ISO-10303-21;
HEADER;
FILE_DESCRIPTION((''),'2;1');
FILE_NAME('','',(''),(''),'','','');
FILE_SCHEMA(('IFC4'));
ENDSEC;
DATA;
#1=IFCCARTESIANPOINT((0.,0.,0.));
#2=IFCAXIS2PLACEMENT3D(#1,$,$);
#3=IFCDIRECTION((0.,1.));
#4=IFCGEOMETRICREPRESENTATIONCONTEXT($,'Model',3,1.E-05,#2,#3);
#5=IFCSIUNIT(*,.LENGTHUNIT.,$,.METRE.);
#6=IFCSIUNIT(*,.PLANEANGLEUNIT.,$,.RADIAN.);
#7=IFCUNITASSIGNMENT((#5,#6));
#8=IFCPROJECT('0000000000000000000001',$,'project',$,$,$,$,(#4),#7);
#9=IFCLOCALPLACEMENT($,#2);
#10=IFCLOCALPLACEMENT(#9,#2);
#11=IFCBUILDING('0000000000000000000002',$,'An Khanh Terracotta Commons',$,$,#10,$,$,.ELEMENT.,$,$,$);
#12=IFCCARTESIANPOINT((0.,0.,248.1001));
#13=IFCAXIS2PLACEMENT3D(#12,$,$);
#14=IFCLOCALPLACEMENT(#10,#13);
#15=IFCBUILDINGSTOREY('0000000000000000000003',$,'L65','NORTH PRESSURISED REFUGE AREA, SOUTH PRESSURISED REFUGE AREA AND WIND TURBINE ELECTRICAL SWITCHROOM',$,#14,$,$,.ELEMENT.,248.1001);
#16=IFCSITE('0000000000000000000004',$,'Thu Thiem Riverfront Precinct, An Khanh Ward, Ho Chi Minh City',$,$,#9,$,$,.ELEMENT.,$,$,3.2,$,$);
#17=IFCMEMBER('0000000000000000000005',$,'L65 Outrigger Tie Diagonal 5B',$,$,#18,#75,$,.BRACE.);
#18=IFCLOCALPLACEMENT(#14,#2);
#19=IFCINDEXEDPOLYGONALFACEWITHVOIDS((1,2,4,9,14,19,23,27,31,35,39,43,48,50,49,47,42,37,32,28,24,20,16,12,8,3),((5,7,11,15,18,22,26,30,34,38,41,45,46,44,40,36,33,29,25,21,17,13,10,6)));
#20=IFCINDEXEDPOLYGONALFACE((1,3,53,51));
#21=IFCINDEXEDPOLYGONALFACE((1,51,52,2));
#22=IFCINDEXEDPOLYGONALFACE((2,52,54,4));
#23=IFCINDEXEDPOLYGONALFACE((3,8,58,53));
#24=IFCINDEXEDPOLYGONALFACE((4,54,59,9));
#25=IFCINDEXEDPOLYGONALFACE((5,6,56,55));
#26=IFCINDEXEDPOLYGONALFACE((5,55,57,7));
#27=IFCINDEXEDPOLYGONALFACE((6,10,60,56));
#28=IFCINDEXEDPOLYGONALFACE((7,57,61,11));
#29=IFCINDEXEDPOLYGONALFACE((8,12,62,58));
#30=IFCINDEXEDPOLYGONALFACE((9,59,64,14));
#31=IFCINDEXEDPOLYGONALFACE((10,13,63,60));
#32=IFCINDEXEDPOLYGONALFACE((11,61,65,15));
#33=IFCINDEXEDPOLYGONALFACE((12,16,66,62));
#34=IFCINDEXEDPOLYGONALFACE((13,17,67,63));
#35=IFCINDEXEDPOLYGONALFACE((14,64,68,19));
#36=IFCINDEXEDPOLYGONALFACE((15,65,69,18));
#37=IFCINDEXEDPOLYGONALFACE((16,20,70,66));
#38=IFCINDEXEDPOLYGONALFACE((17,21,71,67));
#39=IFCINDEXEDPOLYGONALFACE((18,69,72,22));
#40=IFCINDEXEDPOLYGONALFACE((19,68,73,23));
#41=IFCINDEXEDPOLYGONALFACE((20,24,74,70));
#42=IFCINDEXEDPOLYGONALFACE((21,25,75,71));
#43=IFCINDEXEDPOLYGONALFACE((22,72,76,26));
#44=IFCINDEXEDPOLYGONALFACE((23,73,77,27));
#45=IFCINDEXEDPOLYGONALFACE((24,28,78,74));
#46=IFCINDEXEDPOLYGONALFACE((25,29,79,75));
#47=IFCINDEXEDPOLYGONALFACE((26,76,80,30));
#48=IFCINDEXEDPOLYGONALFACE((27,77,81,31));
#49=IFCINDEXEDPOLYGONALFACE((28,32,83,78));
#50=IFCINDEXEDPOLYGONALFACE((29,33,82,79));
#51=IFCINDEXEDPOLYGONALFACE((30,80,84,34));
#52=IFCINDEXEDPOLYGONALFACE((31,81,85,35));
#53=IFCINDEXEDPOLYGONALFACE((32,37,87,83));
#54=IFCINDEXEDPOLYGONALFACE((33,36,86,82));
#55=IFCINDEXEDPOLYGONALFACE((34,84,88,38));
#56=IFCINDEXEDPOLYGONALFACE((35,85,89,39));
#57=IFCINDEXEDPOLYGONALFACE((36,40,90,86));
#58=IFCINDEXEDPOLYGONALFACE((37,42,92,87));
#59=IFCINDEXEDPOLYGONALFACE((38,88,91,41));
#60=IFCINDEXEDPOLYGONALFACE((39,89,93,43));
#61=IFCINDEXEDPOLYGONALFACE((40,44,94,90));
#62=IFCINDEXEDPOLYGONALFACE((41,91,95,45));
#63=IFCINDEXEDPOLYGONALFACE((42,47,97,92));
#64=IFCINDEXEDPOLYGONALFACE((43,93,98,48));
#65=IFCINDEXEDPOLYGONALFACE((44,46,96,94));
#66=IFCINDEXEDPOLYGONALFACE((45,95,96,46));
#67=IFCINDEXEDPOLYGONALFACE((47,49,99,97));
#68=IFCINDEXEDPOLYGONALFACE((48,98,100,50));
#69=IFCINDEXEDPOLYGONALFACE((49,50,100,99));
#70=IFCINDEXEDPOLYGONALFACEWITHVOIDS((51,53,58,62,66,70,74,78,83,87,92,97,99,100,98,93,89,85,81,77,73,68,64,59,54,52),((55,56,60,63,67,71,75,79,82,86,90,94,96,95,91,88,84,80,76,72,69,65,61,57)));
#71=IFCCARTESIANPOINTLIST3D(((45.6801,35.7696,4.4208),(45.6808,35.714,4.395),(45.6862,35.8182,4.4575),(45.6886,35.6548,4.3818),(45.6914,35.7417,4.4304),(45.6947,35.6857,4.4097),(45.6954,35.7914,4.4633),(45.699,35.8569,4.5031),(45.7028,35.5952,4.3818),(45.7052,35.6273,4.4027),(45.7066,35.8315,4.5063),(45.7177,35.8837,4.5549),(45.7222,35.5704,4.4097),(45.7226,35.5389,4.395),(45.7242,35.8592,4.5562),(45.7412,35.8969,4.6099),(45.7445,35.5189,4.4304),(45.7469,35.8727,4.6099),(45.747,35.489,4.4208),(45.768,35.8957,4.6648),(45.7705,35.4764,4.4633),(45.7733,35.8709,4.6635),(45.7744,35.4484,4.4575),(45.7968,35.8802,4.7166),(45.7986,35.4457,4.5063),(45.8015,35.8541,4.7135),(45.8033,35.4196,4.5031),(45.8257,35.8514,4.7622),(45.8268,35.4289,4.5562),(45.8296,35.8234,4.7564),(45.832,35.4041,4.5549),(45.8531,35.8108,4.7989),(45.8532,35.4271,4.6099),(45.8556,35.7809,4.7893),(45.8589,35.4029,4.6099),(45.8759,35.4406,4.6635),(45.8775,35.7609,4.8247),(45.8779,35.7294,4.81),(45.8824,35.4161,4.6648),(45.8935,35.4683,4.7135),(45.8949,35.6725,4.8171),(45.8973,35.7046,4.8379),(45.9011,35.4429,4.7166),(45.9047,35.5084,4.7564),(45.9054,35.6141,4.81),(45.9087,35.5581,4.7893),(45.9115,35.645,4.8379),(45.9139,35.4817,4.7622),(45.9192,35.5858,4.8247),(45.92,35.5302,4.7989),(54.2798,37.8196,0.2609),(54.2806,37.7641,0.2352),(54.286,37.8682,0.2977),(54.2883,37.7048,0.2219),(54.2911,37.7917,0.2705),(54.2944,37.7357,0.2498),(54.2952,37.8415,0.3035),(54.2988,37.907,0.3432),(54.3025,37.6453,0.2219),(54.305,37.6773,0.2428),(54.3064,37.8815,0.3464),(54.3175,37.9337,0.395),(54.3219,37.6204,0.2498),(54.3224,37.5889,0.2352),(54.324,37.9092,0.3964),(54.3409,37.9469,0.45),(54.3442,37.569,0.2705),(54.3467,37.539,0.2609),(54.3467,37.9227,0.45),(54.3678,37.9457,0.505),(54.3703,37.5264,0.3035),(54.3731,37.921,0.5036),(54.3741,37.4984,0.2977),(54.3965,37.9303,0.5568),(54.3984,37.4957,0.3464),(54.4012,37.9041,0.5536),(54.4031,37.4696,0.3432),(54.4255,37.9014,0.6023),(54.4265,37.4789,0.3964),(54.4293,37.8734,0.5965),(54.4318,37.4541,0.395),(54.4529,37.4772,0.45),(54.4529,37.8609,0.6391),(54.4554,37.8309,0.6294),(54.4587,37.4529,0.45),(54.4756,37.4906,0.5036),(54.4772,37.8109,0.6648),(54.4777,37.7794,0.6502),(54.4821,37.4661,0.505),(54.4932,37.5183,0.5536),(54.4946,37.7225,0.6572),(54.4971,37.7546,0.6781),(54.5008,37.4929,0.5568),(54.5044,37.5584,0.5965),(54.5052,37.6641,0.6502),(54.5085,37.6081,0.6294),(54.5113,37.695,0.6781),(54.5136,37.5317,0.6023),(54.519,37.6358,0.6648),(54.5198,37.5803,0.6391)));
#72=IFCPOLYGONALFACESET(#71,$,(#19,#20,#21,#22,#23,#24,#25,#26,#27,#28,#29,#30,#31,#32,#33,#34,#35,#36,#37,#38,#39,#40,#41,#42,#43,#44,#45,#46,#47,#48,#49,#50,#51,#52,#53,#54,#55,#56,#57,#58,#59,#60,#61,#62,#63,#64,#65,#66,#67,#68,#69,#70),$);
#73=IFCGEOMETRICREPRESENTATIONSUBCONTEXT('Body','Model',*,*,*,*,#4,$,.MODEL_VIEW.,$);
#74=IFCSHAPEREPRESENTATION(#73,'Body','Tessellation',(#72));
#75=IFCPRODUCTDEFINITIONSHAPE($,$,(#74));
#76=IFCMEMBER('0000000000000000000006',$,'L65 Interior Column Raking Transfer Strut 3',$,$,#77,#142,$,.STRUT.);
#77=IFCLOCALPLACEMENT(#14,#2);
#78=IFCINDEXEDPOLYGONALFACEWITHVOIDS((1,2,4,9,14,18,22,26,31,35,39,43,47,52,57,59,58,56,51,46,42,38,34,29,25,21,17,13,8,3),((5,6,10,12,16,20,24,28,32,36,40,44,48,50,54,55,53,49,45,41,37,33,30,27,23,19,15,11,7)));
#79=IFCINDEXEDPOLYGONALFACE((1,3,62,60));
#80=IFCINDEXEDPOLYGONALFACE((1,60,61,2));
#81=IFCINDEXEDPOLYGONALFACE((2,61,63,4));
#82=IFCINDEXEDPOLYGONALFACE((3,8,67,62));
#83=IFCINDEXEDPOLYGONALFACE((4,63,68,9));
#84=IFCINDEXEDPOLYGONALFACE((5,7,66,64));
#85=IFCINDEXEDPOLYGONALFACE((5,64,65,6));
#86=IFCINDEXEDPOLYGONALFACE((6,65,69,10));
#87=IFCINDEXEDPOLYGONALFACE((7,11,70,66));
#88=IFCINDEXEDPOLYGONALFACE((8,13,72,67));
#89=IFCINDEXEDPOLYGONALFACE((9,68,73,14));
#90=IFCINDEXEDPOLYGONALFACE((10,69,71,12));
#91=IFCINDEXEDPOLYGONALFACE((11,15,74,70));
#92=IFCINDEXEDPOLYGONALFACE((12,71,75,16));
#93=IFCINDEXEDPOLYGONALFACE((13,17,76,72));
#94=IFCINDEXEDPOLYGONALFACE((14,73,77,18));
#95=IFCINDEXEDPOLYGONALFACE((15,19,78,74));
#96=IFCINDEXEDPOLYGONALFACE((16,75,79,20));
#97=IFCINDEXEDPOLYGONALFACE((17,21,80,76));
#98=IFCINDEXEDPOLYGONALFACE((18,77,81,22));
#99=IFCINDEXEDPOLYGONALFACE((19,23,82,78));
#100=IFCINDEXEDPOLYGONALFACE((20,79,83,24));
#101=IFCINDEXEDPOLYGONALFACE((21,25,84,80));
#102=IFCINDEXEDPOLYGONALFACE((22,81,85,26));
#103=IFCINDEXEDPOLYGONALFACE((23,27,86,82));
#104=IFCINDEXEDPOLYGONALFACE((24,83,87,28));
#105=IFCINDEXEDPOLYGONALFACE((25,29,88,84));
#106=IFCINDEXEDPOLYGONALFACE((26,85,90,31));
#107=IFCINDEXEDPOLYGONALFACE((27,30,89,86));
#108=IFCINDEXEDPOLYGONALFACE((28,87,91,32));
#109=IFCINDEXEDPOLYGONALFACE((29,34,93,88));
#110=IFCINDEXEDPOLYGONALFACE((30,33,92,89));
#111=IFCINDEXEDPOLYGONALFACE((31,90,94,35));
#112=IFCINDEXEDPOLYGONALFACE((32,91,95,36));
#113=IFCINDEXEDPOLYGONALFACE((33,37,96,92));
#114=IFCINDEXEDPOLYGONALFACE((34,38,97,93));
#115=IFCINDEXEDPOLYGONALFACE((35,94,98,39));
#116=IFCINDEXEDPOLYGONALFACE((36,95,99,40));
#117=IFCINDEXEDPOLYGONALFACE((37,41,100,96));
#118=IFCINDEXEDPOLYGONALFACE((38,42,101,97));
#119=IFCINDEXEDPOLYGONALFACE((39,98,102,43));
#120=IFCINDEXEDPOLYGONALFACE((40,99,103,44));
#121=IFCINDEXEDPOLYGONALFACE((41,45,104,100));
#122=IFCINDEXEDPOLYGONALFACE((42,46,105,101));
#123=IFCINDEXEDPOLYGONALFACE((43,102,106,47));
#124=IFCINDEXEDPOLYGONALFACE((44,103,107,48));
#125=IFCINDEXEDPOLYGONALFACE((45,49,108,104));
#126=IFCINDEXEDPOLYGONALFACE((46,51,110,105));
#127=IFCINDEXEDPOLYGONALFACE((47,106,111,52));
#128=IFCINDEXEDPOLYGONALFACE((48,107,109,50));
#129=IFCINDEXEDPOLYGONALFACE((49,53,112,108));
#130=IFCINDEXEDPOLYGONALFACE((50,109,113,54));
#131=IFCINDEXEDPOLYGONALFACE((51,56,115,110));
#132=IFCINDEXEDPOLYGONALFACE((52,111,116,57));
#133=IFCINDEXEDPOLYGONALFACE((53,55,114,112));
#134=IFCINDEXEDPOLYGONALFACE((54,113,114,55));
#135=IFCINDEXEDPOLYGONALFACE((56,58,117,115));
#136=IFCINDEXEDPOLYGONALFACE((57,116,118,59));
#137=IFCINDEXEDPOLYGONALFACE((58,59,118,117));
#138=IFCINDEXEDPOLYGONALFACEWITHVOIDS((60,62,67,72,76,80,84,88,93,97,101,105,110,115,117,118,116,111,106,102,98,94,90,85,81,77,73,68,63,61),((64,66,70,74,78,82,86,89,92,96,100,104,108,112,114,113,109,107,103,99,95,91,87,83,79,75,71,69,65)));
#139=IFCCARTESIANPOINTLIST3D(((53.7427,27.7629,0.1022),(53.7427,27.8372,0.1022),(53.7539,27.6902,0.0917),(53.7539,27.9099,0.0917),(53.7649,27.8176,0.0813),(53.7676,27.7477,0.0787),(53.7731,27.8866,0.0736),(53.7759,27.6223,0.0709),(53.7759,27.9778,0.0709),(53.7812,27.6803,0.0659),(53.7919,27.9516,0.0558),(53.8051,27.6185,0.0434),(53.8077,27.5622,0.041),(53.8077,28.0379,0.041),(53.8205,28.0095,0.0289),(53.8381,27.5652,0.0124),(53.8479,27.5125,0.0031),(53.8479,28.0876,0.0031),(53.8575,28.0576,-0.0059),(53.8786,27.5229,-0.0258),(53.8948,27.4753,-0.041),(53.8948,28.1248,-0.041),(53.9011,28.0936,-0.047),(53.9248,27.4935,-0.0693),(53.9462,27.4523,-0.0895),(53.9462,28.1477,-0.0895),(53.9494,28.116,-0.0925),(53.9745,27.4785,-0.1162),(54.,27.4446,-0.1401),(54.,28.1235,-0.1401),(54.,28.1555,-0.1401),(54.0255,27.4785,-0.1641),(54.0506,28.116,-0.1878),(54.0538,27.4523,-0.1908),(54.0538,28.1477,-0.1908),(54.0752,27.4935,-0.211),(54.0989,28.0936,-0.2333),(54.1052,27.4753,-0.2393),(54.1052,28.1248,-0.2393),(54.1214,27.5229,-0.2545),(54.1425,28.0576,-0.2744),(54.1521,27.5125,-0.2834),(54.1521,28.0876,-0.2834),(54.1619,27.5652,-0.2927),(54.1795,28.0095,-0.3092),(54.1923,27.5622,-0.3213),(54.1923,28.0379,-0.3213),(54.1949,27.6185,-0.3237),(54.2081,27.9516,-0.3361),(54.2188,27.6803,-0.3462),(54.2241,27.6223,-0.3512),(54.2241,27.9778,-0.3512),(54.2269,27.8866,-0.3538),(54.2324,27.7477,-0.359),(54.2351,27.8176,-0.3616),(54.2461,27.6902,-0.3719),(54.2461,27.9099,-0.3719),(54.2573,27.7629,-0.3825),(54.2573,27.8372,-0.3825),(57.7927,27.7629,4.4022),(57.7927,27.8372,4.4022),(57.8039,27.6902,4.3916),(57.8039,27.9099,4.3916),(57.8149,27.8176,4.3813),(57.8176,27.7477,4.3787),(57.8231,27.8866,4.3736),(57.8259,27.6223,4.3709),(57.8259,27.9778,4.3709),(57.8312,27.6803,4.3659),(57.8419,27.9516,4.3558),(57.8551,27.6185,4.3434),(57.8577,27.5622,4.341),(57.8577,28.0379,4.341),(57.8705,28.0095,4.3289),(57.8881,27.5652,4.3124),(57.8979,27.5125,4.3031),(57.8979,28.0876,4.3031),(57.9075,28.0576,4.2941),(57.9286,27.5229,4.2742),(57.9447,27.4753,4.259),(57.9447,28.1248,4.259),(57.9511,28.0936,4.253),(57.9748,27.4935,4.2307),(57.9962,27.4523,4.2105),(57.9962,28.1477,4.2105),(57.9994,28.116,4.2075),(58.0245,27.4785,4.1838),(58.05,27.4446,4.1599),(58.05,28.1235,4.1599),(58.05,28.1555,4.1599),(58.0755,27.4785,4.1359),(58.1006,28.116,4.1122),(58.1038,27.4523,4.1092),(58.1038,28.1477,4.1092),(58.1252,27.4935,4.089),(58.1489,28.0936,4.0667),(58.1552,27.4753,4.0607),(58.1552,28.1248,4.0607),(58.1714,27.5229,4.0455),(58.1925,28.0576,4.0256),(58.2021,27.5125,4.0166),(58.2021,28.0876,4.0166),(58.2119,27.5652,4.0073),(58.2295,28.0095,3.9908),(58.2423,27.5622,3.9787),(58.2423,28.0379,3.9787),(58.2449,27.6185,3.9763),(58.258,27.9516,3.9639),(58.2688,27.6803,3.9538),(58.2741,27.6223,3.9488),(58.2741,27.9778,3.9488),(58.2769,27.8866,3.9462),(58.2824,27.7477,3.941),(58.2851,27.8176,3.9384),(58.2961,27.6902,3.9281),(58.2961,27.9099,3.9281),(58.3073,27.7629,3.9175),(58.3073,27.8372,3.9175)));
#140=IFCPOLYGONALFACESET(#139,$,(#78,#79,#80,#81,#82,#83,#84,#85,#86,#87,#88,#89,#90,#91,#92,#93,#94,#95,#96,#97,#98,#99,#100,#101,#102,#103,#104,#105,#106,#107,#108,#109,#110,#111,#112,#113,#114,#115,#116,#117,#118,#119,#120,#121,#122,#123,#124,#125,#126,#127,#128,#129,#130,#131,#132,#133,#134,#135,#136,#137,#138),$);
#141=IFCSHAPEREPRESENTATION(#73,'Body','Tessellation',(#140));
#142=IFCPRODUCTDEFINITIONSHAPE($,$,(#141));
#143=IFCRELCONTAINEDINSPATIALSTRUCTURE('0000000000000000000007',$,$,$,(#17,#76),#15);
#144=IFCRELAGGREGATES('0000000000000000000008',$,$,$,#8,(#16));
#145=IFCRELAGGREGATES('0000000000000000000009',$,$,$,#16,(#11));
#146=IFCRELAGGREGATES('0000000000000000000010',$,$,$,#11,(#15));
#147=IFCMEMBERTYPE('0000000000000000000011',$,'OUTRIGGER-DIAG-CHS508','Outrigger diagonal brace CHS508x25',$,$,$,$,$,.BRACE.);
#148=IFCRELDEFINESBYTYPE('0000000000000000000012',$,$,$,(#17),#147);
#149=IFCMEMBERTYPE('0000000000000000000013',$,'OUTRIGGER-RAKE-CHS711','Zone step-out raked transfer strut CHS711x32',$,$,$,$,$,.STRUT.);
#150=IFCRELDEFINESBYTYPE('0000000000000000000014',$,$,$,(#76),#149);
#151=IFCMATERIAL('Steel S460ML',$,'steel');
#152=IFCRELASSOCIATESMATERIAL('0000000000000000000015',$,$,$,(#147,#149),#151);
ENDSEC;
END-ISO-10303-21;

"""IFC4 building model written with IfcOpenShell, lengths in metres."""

from ifc_helpers import new_model, si_unit, direction, frame, origin, origin_2d, place, context, subcontext, project, spatial, hollow_circle, extrude, material, material_profile, profile_set, type_object, element, save


model = new_model("IFC4")

# Units and contexts
model_context = context("Model", 3, precision=1e-05, world=origin(), true_north=direction((0.0, 1.0)))
body_context = subcontext(model_context, "Body", "Model", "MODEL_VIEW")
ifc_project = project(units=[si_unit("LENGTHUNIT", "METRE"), si_unit("PLANEANGLEUNIT", "RADIAN")], contexts=[model_context])

# Site, building, storey
site_placement = place(None, origin())
site = spatial("IfcSite", under=ifc_project, at=site_placement, Name="Thu Thiem Riverfront Precinct, An Khanh Ward, Ho Chi Minh City", CompositionType="ELEMENT", RefElevation=3.2)
building_placement = place(site_placement, origin())
building = spatial("IfcBuilding", under=site, at=building_placement, Name="An Khanh Terracotta Commons", CompositionType="ELEMENT")
storey_placement = place(building_placement, frame((0.0, 0.0, 248.1001)))
storey = spatial("IfcBuildingStorey", under=building, at=storey_placement, Name="L65", Description="NORTH PRESSURISED REFUGE AREA, SOUTH PRESSURISED REFUGE AREA AND WIND TURBINE ELECTRICAL SWITCHROOM", CompositionType="ELEMENT", Elevation=248.1001)

# Shared definitions
ifc_material_1 = material(Name="Steel S460ML", Category="steel")

# Members
ifc_material_profile_1 = material_profile(ifc_material_1, hollow_circle(Radius=0.2539, WallThickness=0.0249, at=origin_2d()), Name="CHS508x25")
ifc_profile_set_1 = profile_set([ifc_material_profile_1], Name="Steel S460ML")
member_type_1 = type_object("IfcMemberType", Name="OUTRIGGER-DIAG-CHS508", Description="Outrigger diagonal brace CHS508x25", PredefinedType="BRACE", material=ifc_profile_set_1)
member_1_placement = place(storey_placement, frame((45.8, 35.6499, 4.6099), z_axis=(0.880175, 0.209818, -0.425757), x_axis=(-0.231884, 0.972743, 0.0)))
element("IfcMember", 1, at=member_1_placement, inside=storey, type_object=member_type_1, Name="L65 Outrigger Tie Diagonal 5B", PredefinedType="BRACE", context=body_context, shape_type="SweptSolid", body=[
    extrude(hollow_circle(Radius=0.2539, WallThickness=0.0249, at=origin_2d()), origin(), (0.0, 0.0, 1.0), 9.7705),
])
ifc_material_profile_2 = material_profile(ifc_material_1, hollow_circle(Radius=0.3555, WallThickness=0.032, at=origin_2d()), Name="CHS711x32")
ifc_profile_set_2 = profile_set([ifc_material_profile_2], Name="Steel S460ML")
member_type_2 = type_object("IfcMemberType", Name="OUTRIGGER-RAKE-CHS711", Description="Zone step-out raked transfer strut CHS711x32", PredefinedType="STRUT", material=ifc_profile_set_2)
for number, where, z_axis, x_axis, name in (
    (2, (54.0, 27.8, -0.1401), (0.685629, 0.0, 0.727951), (0.0, 1.0, 0.0), "L65 Interior Column Raking Transfer Strut 3"),
):
    element("IfcMember", number, at=place(storey_placement, frame(where, z_axis=z_axis, x_axis=x_axis)), inside=storey, type_object=member_type_2, Name=name, PredefinedType="STRUT", context=body_context, shape_type="SweptSolid", body=[
        extrude(hollow_circle(Radius=0.3555, WallThickness=0.032, at=origin_2d()), origin(), (0.0, 0.0, 1.0), 5.907),
    ])

save(model, "model.ifc")
